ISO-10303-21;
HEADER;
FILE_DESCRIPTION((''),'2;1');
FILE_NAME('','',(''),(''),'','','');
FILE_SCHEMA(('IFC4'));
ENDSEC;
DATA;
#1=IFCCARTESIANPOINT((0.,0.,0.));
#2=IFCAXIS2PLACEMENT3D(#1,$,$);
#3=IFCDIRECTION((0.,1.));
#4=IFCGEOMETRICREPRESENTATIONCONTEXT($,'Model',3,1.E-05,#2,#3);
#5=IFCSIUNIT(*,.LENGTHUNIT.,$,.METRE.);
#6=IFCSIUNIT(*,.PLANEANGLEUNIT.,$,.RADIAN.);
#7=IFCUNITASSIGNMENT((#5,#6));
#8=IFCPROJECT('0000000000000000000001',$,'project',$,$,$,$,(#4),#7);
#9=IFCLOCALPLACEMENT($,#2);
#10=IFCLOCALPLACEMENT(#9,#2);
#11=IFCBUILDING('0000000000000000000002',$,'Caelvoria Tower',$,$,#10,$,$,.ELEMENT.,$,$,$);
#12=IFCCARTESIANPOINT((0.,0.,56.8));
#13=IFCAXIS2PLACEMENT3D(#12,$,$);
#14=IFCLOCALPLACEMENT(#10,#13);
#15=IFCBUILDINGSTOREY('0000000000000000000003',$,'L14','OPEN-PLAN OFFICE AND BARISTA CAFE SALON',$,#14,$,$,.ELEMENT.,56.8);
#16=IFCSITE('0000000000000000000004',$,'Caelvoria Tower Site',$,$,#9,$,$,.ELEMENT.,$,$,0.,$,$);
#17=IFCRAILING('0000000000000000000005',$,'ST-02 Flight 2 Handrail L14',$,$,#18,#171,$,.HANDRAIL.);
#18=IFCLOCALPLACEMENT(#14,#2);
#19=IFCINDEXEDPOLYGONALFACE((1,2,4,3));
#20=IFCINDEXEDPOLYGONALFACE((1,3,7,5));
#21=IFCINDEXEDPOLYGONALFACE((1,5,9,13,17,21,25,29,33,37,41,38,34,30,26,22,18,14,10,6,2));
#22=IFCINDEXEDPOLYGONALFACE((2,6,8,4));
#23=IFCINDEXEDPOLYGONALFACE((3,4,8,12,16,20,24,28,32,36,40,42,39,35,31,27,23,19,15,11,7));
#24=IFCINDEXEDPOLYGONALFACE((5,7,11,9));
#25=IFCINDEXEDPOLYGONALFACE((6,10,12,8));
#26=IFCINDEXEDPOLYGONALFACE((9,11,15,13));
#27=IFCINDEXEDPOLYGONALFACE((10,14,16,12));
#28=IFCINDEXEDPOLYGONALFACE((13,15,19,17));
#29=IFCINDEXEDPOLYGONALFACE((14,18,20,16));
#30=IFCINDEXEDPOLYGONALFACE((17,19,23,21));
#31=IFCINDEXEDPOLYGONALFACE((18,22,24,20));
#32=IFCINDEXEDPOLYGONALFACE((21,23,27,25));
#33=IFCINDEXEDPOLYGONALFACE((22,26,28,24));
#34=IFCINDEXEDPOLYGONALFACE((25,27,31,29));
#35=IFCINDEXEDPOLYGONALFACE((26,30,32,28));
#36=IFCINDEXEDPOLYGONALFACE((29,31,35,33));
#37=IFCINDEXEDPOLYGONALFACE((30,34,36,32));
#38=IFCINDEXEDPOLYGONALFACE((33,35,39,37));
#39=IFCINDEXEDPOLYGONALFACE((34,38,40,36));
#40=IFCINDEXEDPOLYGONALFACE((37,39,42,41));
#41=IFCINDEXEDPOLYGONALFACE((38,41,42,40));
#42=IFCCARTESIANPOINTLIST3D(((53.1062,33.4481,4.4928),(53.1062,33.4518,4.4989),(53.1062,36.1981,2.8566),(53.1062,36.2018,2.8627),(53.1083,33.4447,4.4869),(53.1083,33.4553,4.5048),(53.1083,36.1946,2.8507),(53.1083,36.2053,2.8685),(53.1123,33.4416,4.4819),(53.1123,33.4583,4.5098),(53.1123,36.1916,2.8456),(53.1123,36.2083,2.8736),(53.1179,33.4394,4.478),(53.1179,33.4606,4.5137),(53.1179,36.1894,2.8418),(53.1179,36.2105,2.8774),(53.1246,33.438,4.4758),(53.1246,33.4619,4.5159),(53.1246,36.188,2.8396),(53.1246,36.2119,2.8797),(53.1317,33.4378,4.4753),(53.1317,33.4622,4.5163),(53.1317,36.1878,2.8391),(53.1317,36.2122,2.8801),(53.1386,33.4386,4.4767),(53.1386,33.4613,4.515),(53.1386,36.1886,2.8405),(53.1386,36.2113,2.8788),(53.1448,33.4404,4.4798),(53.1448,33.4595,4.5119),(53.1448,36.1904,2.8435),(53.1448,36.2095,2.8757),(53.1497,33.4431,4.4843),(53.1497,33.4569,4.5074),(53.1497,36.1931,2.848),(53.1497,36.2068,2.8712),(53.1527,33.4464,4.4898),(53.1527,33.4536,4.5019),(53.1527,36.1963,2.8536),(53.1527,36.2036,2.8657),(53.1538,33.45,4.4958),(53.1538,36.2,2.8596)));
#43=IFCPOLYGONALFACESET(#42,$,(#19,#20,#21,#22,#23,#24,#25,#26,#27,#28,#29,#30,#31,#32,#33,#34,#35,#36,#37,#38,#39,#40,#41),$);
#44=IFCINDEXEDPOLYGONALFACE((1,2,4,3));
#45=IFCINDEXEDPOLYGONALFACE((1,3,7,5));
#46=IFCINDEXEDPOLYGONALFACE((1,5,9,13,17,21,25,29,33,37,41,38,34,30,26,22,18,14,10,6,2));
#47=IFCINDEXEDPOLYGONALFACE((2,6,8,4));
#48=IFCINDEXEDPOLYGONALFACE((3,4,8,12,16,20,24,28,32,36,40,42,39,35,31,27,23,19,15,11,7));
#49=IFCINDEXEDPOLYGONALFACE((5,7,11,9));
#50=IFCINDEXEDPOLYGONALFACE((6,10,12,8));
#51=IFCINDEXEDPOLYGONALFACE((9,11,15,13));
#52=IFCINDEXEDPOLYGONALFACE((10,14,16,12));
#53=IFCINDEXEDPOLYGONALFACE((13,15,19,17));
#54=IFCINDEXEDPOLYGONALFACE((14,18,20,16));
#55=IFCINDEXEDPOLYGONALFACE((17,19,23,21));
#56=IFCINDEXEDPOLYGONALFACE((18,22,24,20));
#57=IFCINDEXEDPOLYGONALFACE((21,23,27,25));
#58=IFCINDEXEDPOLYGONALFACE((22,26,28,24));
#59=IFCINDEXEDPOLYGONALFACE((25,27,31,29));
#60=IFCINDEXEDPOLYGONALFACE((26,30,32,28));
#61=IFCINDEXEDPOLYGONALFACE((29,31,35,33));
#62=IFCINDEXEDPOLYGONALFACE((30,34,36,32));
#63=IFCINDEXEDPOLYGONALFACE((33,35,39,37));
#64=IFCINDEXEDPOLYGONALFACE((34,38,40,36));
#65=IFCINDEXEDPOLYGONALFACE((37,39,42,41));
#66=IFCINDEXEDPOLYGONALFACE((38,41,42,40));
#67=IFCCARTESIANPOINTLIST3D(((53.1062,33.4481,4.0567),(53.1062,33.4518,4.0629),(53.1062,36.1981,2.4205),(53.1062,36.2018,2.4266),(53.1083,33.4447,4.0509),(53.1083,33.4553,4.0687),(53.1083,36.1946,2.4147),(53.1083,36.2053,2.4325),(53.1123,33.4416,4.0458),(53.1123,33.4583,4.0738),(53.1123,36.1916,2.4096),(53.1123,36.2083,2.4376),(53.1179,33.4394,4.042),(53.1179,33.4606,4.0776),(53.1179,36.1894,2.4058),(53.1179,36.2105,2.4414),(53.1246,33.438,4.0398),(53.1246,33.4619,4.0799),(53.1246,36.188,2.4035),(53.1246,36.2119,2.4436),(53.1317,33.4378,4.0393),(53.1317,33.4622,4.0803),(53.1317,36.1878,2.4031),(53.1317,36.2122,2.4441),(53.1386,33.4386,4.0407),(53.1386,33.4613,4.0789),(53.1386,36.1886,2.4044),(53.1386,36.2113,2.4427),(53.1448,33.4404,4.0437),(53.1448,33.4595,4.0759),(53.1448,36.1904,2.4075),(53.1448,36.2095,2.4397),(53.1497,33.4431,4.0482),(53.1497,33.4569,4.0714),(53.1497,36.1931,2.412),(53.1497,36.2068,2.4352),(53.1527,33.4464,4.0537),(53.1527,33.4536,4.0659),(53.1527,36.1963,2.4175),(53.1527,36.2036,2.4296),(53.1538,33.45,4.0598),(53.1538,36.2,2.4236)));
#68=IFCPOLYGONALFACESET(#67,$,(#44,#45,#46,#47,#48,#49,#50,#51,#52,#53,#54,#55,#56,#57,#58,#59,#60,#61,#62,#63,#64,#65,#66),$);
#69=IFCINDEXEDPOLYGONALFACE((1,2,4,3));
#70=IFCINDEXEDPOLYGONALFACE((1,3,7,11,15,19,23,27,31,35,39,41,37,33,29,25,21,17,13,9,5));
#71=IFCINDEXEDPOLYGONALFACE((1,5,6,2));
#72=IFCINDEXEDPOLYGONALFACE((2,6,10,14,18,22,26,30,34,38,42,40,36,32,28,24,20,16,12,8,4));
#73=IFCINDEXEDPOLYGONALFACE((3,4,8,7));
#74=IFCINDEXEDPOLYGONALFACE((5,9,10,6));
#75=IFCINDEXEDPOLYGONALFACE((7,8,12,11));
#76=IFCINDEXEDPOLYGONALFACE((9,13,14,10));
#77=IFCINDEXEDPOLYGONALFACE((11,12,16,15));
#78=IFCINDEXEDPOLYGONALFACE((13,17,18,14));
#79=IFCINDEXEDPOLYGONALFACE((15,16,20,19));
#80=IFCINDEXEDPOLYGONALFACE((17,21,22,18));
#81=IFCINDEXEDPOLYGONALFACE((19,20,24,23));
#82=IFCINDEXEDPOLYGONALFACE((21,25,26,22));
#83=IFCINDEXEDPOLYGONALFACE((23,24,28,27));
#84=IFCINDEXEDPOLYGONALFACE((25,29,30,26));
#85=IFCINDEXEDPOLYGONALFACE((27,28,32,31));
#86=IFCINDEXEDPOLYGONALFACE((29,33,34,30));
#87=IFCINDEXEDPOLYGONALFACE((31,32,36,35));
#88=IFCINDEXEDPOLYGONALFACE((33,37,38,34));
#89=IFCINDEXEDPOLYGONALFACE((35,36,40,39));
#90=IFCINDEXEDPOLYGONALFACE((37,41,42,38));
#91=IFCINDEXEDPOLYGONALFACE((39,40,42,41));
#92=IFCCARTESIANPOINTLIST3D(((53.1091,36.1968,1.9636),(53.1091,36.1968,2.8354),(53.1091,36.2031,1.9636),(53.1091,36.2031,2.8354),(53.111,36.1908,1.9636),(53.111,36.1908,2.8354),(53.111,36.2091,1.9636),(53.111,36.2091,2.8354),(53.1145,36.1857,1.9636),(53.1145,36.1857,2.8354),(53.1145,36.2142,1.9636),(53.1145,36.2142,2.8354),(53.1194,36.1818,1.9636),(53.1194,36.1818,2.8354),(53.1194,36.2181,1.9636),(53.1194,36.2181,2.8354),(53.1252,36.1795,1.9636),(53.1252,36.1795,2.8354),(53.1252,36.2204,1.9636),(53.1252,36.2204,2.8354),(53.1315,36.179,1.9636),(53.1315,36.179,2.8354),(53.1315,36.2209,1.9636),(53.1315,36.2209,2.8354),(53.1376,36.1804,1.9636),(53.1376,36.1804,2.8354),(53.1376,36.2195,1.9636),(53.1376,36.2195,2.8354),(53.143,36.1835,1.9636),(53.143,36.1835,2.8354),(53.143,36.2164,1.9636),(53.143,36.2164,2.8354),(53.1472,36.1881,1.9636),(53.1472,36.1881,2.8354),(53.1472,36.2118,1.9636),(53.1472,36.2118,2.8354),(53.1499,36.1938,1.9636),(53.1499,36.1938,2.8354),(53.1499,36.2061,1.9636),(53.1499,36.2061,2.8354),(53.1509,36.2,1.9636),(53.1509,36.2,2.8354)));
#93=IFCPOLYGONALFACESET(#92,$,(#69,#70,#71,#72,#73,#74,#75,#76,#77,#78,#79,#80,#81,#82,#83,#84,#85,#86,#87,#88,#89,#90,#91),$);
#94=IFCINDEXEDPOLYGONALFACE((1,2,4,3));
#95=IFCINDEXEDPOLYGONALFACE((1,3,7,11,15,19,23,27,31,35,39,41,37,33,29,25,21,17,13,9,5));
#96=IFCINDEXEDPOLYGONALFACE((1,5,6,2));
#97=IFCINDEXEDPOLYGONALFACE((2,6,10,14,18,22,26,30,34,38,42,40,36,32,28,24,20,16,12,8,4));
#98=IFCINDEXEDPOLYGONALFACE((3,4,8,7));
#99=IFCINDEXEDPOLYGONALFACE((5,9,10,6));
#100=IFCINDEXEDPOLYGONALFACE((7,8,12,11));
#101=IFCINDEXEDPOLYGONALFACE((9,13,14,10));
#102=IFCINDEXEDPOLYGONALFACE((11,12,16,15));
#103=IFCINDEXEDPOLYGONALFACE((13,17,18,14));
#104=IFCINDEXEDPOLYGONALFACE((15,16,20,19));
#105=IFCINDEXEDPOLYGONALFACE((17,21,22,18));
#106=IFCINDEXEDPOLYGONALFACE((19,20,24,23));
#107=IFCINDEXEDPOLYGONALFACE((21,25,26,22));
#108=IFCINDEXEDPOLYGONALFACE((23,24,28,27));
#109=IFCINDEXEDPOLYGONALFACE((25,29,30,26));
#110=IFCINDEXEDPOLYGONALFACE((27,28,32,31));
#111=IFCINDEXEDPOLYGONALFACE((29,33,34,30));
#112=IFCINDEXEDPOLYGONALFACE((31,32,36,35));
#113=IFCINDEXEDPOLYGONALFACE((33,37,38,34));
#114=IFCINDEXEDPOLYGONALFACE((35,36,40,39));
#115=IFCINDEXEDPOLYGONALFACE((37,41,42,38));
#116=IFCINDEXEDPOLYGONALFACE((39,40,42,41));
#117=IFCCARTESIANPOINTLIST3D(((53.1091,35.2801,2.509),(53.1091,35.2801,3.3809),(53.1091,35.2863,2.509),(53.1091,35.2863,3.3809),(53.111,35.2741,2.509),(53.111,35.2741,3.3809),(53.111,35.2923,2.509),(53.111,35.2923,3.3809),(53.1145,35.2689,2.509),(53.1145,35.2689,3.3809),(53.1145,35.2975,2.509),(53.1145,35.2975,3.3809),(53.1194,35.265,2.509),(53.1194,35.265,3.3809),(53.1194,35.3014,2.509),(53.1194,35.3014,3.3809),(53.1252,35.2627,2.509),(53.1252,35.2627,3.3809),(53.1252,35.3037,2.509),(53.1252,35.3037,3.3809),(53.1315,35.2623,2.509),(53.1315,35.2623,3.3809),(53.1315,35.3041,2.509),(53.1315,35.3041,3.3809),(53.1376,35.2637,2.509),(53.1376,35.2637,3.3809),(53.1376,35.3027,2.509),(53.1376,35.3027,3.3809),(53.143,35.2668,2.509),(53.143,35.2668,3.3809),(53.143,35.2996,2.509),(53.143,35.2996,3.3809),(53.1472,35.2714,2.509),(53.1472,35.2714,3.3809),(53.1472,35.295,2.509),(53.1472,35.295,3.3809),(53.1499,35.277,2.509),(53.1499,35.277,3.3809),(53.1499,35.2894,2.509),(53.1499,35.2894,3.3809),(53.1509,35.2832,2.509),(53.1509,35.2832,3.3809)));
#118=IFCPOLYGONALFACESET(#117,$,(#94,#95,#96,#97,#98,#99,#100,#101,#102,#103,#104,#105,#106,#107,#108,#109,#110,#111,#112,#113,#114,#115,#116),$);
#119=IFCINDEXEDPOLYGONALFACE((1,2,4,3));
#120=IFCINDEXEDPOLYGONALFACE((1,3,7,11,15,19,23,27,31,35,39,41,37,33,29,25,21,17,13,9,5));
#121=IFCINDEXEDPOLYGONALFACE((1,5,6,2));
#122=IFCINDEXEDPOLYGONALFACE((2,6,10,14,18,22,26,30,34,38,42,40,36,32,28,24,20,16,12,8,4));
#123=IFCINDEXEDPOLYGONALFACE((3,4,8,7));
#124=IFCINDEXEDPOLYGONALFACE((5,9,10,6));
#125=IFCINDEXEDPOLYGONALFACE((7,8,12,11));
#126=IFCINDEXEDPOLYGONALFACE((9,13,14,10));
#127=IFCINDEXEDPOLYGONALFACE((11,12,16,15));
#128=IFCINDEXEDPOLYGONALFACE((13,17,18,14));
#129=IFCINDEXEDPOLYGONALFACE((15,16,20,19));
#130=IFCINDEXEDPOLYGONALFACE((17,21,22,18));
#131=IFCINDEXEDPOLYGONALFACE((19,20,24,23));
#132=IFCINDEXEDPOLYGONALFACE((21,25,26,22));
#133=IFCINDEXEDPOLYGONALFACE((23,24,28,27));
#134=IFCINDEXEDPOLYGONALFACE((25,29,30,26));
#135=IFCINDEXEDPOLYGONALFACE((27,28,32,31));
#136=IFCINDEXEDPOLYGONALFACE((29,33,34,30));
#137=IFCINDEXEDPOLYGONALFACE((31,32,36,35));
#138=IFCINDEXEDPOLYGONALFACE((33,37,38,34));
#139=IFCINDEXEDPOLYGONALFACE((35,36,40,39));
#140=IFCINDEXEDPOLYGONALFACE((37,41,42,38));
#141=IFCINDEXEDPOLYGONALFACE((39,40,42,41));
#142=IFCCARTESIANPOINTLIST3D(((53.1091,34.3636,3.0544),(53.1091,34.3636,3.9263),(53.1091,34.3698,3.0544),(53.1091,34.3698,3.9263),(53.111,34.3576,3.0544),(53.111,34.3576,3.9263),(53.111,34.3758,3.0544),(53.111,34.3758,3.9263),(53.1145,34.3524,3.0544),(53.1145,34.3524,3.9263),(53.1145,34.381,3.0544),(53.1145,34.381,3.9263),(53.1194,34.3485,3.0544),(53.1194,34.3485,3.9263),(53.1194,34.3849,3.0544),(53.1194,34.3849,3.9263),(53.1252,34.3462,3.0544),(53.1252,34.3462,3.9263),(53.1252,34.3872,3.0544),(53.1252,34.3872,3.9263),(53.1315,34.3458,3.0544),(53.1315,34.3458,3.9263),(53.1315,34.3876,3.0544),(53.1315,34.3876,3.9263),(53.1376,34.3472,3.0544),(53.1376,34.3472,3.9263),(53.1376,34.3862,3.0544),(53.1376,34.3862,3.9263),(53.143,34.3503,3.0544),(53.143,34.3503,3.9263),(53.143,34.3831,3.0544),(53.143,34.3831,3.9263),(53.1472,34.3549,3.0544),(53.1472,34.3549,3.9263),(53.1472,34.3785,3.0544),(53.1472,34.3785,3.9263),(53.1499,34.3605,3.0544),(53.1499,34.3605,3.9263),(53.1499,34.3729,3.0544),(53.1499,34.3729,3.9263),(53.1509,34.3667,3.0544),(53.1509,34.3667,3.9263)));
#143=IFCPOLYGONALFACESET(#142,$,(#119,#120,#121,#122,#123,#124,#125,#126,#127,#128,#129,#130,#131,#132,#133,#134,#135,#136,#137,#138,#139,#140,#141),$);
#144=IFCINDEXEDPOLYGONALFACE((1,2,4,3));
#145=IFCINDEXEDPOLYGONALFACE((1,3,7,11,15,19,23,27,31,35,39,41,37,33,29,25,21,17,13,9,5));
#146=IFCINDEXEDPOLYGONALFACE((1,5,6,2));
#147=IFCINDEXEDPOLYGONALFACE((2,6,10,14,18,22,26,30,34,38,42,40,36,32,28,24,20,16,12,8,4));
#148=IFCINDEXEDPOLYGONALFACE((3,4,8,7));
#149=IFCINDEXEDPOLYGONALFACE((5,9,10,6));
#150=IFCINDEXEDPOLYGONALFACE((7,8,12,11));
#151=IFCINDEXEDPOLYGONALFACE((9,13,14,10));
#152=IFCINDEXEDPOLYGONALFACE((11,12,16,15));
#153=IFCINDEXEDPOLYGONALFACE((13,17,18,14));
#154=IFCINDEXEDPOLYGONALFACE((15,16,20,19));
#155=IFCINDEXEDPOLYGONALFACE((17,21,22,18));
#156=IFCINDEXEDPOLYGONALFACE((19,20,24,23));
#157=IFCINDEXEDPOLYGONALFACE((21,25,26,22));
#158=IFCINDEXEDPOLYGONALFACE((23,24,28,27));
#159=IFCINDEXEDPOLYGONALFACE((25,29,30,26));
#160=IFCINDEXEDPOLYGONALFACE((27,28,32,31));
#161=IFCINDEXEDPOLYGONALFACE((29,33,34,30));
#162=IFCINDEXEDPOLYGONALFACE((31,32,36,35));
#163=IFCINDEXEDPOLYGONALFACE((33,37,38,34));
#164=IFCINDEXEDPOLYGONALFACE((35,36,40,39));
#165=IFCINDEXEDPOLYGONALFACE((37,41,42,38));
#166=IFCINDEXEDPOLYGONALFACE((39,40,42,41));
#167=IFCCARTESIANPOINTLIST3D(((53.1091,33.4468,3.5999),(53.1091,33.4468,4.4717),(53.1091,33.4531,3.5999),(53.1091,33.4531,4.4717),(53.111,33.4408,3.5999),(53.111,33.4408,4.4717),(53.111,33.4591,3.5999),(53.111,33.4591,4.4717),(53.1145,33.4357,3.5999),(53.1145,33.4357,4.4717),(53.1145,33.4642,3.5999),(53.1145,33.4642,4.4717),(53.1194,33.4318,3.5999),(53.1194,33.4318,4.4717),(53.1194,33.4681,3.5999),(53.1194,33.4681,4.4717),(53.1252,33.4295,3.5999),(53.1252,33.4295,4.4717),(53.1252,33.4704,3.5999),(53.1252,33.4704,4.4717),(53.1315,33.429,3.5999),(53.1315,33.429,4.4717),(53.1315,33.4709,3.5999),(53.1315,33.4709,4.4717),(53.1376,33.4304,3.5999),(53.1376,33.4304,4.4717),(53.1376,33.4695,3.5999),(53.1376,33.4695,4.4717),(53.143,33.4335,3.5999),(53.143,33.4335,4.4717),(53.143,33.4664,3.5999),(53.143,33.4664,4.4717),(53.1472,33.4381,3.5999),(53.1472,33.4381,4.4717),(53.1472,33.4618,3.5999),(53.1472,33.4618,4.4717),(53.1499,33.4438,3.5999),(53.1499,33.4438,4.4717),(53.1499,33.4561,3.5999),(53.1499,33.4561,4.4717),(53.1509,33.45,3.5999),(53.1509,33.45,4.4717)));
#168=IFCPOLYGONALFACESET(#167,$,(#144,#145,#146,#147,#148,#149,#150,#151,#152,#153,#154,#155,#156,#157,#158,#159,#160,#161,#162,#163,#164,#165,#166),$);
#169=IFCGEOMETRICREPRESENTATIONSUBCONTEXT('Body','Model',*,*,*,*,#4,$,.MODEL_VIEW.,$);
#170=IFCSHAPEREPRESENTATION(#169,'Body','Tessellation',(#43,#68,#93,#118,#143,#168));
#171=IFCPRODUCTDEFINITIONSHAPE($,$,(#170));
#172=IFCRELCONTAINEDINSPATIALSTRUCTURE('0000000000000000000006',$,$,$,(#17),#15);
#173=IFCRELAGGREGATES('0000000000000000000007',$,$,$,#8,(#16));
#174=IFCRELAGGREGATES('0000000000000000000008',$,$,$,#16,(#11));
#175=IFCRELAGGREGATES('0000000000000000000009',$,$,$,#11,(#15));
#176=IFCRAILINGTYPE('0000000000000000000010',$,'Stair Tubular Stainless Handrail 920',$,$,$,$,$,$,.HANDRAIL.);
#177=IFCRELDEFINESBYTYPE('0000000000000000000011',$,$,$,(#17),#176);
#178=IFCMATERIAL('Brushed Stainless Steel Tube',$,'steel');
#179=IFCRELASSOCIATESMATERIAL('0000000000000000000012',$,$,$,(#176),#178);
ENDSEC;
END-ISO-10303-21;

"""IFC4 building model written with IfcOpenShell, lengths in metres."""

from ifc_helpers import new_model, si_unit, direction, frame, origin, origin_2d, place, context, subcontext, project, spatial, circle, extrude, material, type_object, element, save


model = new_model("IFC4")

# Units and contexts
model_context = context("Model", 3, precision=1e-05, world=origin(), true_north=direction((0.0, 1.0)))
body_context = subcontext(model_context, "Body", "Model", "MODEL_VIEW")
ifc_project = project(units=[si_unit("LENGTHUNIT", "METRE"), si_unit("PLANEANGLEUNIT", "RADIAN")], contexts=[model_context])

# Site, building, storey
site_placement = place(None, origin())
site = spatial("IfcSite", under=ifc_project, at=site_placement, Name="Caelvoria Tower Site", CompositionType="ELEMENT", RefElevation=0.0)
building_placement = place(site_placement, origin())
building = spatial("IfcBuilding", under=site, at=building_placement, Name="Caelvoria Tower", CompositionType="ELEMENT")
storey_placement = place(building_placement, frame((0.0, 0.0, 56.8)))
storey = spatial("IfcBuildingStorey", under=building, at=storey_placement, Name="L14", Description="OPEN-PLAN OFFICE AND BARISTA CAFE SALON", CompositionType="ELEMENT", Elevation=56.8)

# Railing
ifc_material_1 = material(Name="Brushed Stainless Steel Tube", Category="steel")
railing_type_1 = type_object("IfcRailingType", Name="Stair Tubular Stainless Handrail 920", PredefinedType="HANDRAIL", material=ifc_material_1)
railing_1_placement = place(storey_placement, frame((53.1299, 36.2, 1.9636)))
element("IfcRailing", 1, at=railing_1_placement, inside=storey, type_object=railing_type_1, Name="ST-02 Flight 2 Handrail L14", PredefinedType="HANDRAIL", context=body_context, shape_type="SweptSolid", body=[
    extrude(circle(Radius=0.0239, at=origin_2d()), frame((0.0, 0.0, 0.896), z_axis=(0.0, -0.859385, 0.511328), x_axis=(1.0, 0.0, 0.0)), (0.0, 0.0, 1.0), 3.2),
    extrude(circle(Radius=0.0239, at=origin_2d()), frame((0.0, 0.0, 0.46), z_axis=(0.0, -0.859385, 0.511328), x_axis=(1.0, 0.0, 0.0)), (0.0, 0.0, 1.0), 3.2),
    extrude(circle(Radius=0.021, at=origin_2d()), origin(), (0.0, 0.0, 1.0), 0.8718),
    extrude(circle(Radius=0.021, at=origin_2d()), frame((0.0, -0.9167, 0.5454)), (0.0, 0.0, 1.0), 0.8718),
    extrude(circle(Radius=0.021, at=origin_2d()), frame((0.0, -1.8333, 1.0908)), (0.0, 0.0, 1.0), 0.8718),
    extrude(circle(Radius=0.021, at=origin_2d()), frame((0.0, -2.75, 1.6362)), (0.0, 0.0, 1.0), 0.8718),
])

save(model, "model.ifc")
